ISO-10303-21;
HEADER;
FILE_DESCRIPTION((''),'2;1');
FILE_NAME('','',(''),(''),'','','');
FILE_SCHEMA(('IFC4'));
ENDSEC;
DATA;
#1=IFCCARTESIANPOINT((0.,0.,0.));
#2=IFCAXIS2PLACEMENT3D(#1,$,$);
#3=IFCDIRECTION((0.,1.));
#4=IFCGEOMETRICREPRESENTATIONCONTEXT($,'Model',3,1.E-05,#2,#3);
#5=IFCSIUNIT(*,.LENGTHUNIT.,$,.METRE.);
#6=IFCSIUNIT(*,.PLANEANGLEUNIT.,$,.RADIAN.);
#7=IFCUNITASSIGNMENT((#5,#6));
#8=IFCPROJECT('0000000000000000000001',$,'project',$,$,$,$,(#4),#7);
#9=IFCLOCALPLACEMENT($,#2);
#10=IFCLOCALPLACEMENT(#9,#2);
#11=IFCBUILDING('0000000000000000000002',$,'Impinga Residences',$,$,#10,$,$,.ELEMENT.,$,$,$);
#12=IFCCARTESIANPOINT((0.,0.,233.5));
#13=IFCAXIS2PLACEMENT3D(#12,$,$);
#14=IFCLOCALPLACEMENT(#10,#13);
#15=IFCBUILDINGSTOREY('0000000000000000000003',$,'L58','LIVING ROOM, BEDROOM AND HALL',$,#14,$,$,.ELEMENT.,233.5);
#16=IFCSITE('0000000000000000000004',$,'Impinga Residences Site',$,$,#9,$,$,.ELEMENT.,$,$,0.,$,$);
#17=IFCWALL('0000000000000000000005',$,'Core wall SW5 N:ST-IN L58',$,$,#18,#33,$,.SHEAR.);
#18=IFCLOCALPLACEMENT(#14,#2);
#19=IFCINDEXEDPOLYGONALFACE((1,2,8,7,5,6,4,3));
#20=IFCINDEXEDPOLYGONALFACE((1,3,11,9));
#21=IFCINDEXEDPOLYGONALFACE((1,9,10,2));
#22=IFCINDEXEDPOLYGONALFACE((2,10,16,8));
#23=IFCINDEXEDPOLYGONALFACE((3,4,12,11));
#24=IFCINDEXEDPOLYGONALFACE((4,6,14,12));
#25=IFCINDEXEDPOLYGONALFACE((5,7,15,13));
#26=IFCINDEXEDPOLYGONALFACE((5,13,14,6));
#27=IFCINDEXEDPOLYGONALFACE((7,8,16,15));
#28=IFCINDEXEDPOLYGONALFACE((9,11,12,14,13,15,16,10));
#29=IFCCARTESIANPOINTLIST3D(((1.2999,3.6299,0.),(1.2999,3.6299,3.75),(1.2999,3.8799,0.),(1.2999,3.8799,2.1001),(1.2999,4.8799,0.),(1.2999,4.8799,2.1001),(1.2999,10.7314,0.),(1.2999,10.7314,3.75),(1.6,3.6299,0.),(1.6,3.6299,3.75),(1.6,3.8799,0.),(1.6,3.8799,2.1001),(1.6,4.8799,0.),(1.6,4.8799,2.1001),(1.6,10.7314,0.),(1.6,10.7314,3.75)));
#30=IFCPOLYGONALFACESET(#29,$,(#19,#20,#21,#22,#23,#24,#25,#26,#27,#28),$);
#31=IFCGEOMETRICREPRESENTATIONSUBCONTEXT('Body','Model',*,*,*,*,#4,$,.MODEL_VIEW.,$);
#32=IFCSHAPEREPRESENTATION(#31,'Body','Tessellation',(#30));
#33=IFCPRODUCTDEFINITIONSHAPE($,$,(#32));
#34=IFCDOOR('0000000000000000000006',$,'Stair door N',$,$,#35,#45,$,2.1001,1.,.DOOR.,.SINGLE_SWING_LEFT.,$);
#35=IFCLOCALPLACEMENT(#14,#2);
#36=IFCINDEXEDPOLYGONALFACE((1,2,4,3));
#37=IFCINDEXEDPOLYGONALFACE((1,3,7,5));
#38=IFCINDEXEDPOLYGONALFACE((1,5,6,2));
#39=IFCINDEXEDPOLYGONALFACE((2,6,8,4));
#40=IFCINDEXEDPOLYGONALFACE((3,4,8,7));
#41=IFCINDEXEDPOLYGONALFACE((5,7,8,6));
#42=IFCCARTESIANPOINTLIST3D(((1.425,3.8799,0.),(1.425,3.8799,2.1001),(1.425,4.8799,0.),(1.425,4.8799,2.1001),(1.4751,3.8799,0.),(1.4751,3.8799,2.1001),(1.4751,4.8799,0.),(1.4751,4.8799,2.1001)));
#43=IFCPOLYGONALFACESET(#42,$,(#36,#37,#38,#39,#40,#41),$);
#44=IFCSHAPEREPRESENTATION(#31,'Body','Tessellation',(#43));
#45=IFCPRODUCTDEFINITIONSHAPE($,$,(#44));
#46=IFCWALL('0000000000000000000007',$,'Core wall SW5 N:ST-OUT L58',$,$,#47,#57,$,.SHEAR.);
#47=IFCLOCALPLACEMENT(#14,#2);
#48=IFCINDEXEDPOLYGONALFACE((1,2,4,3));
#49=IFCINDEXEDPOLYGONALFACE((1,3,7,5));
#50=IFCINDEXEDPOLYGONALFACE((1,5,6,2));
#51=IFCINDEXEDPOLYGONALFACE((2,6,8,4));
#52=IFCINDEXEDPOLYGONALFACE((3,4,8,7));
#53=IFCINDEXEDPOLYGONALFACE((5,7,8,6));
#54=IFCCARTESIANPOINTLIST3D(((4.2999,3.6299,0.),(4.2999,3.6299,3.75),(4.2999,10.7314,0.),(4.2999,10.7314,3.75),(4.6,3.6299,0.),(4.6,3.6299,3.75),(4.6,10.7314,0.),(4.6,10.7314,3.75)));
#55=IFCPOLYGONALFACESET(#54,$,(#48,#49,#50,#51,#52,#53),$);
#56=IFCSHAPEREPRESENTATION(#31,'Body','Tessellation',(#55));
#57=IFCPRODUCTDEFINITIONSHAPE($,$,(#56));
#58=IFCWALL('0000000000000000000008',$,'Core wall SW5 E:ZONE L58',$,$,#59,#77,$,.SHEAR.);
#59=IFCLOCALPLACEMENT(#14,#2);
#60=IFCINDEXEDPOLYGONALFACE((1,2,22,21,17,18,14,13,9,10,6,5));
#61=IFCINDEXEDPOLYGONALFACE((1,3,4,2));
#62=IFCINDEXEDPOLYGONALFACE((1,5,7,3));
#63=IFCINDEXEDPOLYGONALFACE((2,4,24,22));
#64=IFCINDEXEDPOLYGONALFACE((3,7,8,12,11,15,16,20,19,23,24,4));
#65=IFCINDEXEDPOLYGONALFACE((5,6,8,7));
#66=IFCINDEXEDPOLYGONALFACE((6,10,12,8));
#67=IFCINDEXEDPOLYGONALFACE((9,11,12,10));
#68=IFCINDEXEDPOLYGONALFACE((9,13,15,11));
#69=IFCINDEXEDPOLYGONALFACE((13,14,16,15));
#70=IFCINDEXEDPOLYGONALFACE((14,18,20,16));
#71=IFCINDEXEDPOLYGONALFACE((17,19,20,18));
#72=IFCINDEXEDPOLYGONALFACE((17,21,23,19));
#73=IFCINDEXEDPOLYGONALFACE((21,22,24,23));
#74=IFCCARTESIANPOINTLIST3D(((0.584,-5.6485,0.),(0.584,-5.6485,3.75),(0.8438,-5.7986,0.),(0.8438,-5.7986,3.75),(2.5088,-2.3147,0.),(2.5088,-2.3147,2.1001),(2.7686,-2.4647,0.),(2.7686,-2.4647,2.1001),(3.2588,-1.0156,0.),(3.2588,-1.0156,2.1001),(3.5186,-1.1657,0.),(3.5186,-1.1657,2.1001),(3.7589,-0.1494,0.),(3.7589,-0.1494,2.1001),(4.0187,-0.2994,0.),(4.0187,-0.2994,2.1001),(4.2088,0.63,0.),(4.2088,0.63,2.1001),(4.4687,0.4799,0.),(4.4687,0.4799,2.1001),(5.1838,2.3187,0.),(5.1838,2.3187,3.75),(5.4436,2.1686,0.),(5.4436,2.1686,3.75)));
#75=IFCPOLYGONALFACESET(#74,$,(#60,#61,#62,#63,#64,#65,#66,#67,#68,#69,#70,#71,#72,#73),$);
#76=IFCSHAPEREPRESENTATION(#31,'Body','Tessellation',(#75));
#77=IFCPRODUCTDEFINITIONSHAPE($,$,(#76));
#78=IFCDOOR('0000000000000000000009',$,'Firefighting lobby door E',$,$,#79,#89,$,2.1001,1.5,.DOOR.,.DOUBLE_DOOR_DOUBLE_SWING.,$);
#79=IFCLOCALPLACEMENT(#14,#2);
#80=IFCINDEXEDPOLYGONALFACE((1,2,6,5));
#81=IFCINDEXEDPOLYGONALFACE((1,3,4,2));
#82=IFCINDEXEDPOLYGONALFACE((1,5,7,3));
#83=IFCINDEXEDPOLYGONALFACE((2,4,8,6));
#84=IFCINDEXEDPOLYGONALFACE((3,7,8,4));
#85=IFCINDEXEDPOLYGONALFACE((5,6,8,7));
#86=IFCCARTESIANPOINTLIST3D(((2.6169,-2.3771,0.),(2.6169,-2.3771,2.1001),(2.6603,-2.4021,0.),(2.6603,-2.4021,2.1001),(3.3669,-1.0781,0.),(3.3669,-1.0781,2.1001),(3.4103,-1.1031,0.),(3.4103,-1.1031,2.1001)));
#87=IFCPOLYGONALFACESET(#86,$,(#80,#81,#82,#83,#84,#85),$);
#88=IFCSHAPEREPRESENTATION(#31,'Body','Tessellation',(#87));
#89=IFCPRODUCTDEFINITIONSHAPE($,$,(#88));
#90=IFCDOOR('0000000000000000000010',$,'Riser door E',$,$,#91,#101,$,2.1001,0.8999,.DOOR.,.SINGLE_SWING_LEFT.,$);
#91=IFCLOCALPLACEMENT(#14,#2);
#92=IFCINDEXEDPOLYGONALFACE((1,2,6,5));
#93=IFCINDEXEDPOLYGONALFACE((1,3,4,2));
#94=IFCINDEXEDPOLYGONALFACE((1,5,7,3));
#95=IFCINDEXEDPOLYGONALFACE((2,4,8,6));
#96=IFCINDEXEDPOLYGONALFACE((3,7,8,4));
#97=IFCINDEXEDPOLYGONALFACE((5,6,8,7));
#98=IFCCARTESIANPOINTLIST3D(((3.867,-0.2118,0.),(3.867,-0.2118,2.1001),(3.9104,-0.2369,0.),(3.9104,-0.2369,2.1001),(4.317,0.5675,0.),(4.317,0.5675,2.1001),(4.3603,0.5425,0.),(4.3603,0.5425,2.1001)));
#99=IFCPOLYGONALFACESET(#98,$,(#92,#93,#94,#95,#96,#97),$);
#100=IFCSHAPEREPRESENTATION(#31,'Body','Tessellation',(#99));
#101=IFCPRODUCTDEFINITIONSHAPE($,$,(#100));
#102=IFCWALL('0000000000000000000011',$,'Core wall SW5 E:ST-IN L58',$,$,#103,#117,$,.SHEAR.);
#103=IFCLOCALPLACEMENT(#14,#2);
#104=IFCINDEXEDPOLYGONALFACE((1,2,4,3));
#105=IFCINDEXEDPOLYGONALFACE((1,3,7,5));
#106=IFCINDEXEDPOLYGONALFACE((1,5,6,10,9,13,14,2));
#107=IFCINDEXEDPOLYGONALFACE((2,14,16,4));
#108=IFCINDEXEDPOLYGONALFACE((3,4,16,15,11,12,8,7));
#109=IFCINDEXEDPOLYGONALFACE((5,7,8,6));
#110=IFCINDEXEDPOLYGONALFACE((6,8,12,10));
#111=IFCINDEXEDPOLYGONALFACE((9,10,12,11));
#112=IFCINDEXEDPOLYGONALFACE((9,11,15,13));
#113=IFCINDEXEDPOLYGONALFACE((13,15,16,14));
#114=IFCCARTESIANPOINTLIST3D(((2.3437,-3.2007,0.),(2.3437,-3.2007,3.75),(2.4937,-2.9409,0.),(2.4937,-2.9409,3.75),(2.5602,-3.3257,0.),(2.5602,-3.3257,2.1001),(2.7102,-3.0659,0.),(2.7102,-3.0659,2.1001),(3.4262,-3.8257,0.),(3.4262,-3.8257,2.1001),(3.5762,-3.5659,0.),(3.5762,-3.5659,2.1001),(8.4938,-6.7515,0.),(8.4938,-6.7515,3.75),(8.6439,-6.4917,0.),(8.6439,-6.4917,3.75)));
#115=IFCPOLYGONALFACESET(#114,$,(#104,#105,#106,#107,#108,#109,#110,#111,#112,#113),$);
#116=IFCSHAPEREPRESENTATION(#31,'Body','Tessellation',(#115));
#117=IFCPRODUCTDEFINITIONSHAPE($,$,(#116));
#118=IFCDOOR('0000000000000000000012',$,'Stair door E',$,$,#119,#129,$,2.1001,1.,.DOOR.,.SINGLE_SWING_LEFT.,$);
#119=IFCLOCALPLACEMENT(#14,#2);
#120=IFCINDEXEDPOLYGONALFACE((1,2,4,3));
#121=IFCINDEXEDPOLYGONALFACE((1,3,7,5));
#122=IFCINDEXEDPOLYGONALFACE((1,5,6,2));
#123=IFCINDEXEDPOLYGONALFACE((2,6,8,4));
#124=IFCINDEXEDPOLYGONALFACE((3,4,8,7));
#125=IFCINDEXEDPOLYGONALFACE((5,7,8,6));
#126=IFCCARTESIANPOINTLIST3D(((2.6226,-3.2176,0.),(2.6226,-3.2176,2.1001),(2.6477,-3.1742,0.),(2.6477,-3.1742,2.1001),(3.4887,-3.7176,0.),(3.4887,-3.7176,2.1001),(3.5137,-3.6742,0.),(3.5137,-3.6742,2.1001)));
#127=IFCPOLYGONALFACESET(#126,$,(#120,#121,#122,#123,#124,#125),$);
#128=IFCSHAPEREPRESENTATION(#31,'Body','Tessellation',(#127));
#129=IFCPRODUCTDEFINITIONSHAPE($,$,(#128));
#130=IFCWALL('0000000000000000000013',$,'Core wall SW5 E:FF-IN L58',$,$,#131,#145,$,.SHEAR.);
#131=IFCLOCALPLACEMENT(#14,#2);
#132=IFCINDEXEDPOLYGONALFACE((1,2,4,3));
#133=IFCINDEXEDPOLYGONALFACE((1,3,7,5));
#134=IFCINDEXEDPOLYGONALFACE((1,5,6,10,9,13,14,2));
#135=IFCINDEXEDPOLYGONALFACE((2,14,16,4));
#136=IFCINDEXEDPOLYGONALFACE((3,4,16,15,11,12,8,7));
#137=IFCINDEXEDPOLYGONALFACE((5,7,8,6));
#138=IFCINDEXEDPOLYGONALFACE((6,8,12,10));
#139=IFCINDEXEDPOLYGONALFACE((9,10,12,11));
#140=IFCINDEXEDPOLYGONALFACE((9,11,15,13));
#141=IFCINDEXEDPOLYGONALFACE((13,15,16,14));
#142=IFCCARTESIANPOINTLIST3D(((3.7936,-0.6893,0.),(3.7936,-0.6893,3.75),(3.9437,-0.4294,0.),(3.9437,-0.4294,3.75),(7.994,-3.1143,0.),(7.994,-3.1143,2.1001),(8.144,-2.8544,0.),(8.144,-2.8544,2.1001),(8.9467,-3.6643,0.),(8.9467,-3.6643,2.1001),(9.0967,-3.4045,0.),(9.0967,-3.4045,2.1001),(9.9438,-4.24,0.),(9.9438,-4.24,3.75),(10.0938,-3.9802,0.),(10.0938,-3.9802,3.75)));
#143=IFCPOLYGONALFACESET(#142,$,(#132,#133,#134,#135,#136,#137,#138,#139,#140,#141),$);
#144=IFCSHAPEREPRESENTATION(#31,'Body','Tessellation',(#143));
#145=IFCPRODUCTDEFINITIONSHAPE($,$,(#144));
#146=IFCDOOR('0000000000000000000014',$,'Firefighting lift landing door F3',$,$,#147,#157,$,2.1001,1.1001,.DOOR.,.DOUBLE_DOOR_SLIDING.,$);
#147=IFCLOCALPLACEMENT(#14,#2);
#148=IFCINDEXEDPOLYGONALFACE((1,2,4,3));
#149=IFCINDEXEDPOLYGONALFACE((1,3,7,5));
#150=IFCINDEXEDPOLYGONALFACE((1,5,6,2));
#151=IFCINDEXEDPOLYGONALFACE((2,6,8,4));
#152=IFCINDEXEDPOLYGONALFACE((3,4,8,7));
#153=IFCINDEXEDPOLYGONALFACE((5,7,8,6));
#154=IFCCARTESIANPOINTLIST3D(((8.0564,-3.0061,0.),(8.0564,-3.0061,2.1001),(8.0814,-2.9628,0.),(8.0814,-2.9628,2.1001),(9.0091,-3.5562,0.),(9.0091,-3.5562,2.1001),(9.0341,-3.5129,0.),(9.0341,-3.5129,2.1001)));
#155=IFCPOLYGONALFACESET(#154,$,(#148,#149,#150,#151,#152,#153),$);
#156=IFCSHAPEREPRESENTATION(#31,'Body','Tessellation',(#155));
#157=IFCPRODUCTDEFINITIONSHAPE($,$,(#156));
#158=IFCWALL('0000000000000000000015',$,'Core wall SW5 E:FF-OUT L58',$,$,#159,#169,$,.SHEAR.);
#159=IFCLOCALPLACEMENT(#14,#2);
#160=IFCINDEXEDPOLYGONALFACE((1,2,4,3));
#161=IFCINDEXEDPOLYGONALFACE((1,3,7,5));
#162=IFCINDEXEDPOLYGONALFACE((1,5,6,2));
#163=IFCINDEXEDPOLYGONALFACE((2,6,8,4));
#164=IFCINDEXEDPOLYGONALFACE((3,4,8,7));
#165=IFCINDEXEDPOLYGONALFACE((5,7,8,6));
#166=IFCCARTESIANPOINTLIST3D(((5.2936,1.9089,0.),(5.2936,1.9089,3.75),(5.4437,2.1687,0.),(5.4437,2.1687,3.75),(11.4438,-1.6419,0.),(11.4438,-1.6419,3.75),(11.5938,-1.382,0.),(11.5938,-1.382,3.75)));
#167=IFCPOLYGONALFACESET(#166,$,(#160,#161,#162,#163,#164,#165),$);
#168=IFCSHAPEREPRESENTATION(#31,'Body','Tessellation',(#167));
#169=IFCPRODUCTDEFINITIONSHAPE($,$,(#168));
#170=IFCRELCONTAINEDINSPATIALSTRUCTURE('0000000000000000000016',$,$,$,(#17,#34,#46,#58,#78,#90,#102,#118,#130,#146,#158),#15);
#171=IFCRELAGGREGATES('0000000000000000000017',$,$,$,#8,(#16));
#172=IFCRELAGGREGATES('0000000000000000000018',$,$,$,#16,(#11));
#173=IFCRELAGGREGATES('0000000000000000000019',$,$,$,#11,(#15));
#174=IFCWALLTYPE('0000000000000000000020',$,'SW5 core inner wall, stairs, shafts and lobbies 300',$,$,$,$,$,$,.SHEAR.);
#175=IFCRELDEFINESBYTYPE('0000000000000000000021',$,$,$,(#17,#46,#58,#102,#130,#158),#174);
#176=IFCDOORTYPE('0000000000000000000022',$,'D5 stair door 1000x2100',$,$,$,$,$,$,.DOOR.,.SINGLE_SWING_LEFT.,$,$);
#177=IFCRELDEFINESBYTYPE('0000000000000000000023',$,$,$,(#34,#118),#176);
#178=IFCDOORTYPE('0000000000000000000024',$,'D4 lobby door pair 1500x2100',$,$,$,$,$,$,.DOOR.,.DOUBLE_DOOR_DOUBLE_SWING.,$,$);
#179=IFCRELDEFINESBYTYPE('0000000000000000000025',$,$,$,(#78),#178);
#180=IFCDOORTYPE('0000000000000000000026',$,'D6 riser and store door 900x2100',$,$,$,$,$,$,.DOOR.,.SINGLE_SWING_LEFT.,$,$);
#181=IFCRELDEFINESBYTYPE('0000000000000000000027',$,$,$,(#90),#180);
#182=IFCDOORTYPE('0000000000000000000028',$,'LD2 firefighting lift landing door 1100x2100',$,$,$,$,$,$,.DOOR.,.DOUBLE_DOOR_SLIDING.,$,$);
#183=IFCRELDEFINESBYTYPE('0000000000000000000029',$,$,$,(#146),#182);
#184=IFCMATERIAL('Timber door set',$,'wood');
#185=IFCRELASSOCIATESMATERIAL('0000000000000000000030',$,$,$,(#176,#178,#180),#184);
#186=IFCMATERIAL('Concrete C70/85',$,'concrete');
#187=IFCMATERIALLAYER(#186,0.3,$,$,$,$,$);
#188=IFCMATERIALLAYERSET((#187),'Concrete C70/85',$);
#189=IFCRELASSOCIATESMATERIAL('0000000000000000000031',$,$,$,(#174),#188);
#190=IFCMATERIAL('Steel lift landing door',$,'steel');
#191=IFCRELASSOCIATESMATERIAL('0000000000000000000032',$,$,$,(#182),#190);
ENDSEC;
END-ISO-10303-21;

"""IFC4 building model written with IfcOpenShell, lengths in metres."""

from ifc_helpers import new_model, si_unit, direction, frame, frame_2d, origin, place, context, subcontext, project, spatial, rectangle, extrude, material, layer, layer_set, type_object, element, fill, save


model = new_model("IFC4")

# Units and contexts
model_context = context("Model", 3, precision=1e-05, world=origin(), true_north=direction((0.0, 1.0)))
body_context = subcontext(model_context, "Body", "Model", "MODEL_VIEW")
ifc_project = project(units=[si_unit("LENGTHUNIT", "METRE"), si_unit("PLANEANGLEUNIT", "RADIAN")], contexts=[model_context])

# Site, building, storey
site_placement = place(None, origin())
site = spatial("IfcSite", under=ifc_project, at=site_placement, Name="Impinga Residences Site", CompositionType="ELEMENT", RefElevation=0.0)
building_placement = place(site_placement, origin())
building = spatial("IfcBuilding", under=site, at=building_placement, Name="Impinga Residences", CompositionType="ELEMENT")
storey_placement = place(building_placement, frame((0.0, 0.0, 233.5)))
storey = spatial("IfcBuildingStorey", under=building, at=storey_placement, Name="L58", Description="LIVING ROOM, BEDROOM AND HALL", CompositionType="ELEMENT", Elevation=233.5)

# Shared definitions
ifc_material_1 = material(Name="Timber door set", Category="wood")
door_type_1 = type_object("IfcDoorType", Name="D5 stair door 1000x2100", OperationType="SINGLE_SWING_LEFT", PredefinedType="DOOR", material=ifc_material_1)

# Wall, opening, door
ifc_material_2 = material(Name="Concrete C70/85", Category="concrete")
ifc_layer_1 = layer(ifc_material_2, 0.3)
ifc_layer_set_1 = layer_set([ifc_layer_1], Name="Concrete C70/85")
wall_type_1 = type_object("IfcWallType", Name="SW5 core inner wall, stairs, shafts and lobbies 300", PredefinedType="SHEAR", material=ifc_layer_set_1)
wall_1_placement = place(storey_placement, frame((1.45, 3.6299, 0.0), z_axis=(0.0, 0.0, 1.0), x_axis=(0.0, 1.0, 0.0)))
wall_1 = element("IfcWall", 1, at=wall_1_placement, inside=storey, type_object=wall_type_1, Name="Core wall SW5 N:ST-IN L58", PredefinedType="SHEAR", context=body_context, shape_type="SweptSolid", body=[
    extrude(rectangle(XDim=7.1016, YDim=0.3, at=frame_2d((3.5508, 0.0))), origin(), (0.0, 0.0, 1.0), 3.75),
])
opening_1_placement = place(wall_1_placement, frame((0.25, 0.0, 0.0)))
opening_1 = element("IfcOpeningElement", 2, at=opening_1_placement, cuts=wall_1, PredefinedType="OPENING", context=body_context, shape_type="SweptSolid", body=[
    extrude(rectangle(XDim=1.0, YDim=2.1001, at=frame_2d((0.5, 1.05))), frame((0.0, 0.1599, 0.0), z_axis=(0.0, -1.0, 0.0), x_axis=(1.0, 0.0, 0.0)), (0.0, 0.0, 1.0), 0.3201),
])
door_1_placement = place(opening_1_placement, origin())
door_1 = element("IfcDoor", 3, at=door_1_placement, inside=storey, type_object=door_type_1, Name="Stair door N", OperationType="SINGLE_SWING_LEFT", OverallHeight=2.1001, OverallWidth=1.0, PredefinedType="DOOR", context=body_context, shape_type="SweptSolid", body=[
    extrude(rectangle(XDim=1.0, YDim=2.1001, at=frame_2d((0.5, 1.05))), frame((0.0, 0.0249, 0.0), z_axis=(0.0, -1.0, 0.0), x_axis=(1.0, 0.0, 0.0)), (0.0, 0.0, 1.0), 0.05),
])
fill(opening_1, door_1)

# Wall
wall_2_placement = place(storey_placement, frame((4.45, 3.6299, 0.0), z_axis=(0.0, 0.0, 1.0), x_axis=(0.0, 1.0, 0.0)))
element("IfcWall", 4, at=wall_2_placement, inside=storey, type_object=wall_type_1, Name="Core wall SW5 N:ST-OUT L58", PredefinedType="SHEAR", context=body_context, shape_type="SweptSolid", body=[
    extrude(rectangle(XDim=7.1016, YDim=0.3, at=frame_2d((3.5508, 0.0))), origin(), (0.0, 0.0, 1.0), 3.75),
])

# Wall, openings, doors
wall_3_placement = place(storey_placement, frame((5.3137, 2.2437, 0.0), z_axis=(0.0, 0.0, 1.0), x_axis=(-0.499995, -0.866028, 0.0)))
wall_3 = element("IfcWall", 5, at=wall_3_placement, inside=storey, type_object=wall_type_1, Name="Core wall SW5 E:ZONE L58", PredefinedType="SHEAR", context=body_context, shape_type="SweptSolid", body=[
    extrude(rectangle(XDim=9.1997, YDim=0.3, at=frame_2d((4.5999, 0.0))), origin(), (0.0, 0.0, 1.0), 3.75),
])
opening_2_placement = place(wall_3_placement, frame((3.8501, 0.0, 0.0)))
opening_2 = element("IfcOpeningElement", 6, at=opening_2_placement, cuts=wall_3, PredefinedType="OPENING", context=body_context, shape_type="SweptSolid", body=[
    extrude(rectangle(XDim=1.5, YDim=2.1001, at=frame_2d((0.75, 1.05))), frame((0.0, 0.1599, 0.0), z_axis=(0.0, -1.0, 0.0), x_axis=(1.0, 0.0, 0.0)), (0.0, 0.0, 1.0), 0.3201),
])
opening_3_placement = place(wall_3_placement, frame((1.95, 0.0, 0.0)))
opening_3 = element("IfcOpeningElement", 7, at=opening_3_placement, cuts=wall_3, PredefinedType="OPENING", context=body_context, shape_type="SweptSolid", body=[
    extrude(rectangle(XDim=0.8999, YDim=2.1001, at=frame_2d((0.45, 1.05))), frame((0.0, 0.1599, 0.0), z_axis=(0.0, -1.0, 0.0), x_axis=(1.0, 0.0, 0.0)), (0.0, 0.0, 1.0), 0.3201),
])
door_type_2 = type_object("IfcDoorType", Name="D4 lobby door pair 1500x2100", OperationType="DOUBLE_DOOR_DOUBLE_SWING", PredefinedType="DOOR", material=ifc_material_1)
door_2_placement = place(opening_2_placement, origin())
door_2 = element("IfcDoor", 8, at=door_2_placement, inside=storey, type_object=door_type_2, Name="Firefighting lobby door E", OperationType="DOUBLE_DOOR_DOUBLE_SWING", OverallHeight=2.1001, OverallWidth=1.5, PredefinedType="DOOR", context=body_context, shape_type="SweptSolid", body=[
    extrude(rectangle(XDim=1.5, YDim=2.1001, at=frame_2d((0.75, 1.05))), frame((0.0, 0.0249, 0.0), z_axis=(0.0, -1.0, 0.0), x_axis=(1.0, 0.0, 0.0)), (0.0, 0.0, 1.0), 0.05),
])
fill(opening_2, door_2)
door_type_3 = type_object("IfcDoorType", Name="D6 riser and store door 900x2100", OperationType="SINGLE_SWING_LEFT", PredefinedType="DOOR", material=ifc_material_1)
door_3_placement = place(opening_3_placement, origin())
door_3 = element("IfcDoor", 9, at=door_3_placement, inside=storey, type_object=door_type_3, Name="Riser door E", OperationType="SINGLE_SWING_LEFT", OverallHeight=2.1001, OverallWidth=0.8999, PredefinedType="DOOR", context=body_context, shape_type="SweptSolid", body=[
    extrude(rectangle(XDim=0.8999, YDim=2.1001, at=frame_2d((0.45, 1.05))), frame((0.0, 0.0249, 0.0), z_axis=(0.0, -1.0, 0.0), x_axis=(1.0, 0.0, 0.0)), (0.0, 0.0, 1.0), 0.05),
])
fill(opening_3, door_3)

# Walls, openings, doors
wall_4_placement = place(storey_placement, frame((2.4187, -3.0708, 0.0), z_axis=(0.0, 0.0, 1.0), x_axis=(0.866026, -0.499999, 0.0)))
wall_4 = element("IfcWall", 10, at=wall_4_placement, inside=storey, type_object=wall_type_1, Name="Core wall SW5 E:ST-IN L58", PredefinedType="SHEAR", context=body_context, shape_type="SweptSolid", body=[
    extrude(rectangle(XDim=7.1016, YDim=0.3, at=frame_2d((3.5508, 0.0))), origin(), (0.0, 0.0, 1.0), 3.75),
])
opening_4_placement = place(wall_4_placement, frame((0.25, 0.0, 0.0)))
opening_4 = element("IfcOpeningElement", 11, at=opening_4_placement, cuts=wall_4, PredefinedType="OPENING", context=body_context, shape_type="SweptSolid", body=[
    extrude(rectangle(XDim=1.0, YDim=2.1001, at=frame_2d((0.5, 1.05))), frame((0.0, 0.1599, 0.0), z_axis=(0.0, -1.0, 0.0), x_axis=(1.0, 0.0, 0.0)), (0.0, 0.0, 1.0), 0.3201),
])
door_4_placement = place(opening_4_placement, origin())
door_4 = element("IfcDoor", 12, at=door_4_placement, inside=storey, type_object=door_type_1, Name="Stair door E", OperationType="SINGLE_SWING_LEFT", OverallHeight=2.1001, OverallWidth=1.0, PredefinedType="DOOR", context=body_context, shape_type="SweptSolid", body=[
    extrude(rectangle(XDim=1.0, YDim=2.1001, at=frame_2d((0.5, 1.05))), frame((0.0, 0.0249, 0.0), z_axis=(0.0, -1.0, 0.0), x_axis=(1.0, 0.0, 0.0)), (0.0, 0.0, 1.0), 0.05),
])
fill(opening_4, door_4)
wall_5_placement = place(storey_placement, frame((3.8687, -0.5593, 0.0), z_axis=(0.0, 0.0, 1.0), x_axis=(0.866026, -0.499999, 0.0)))
wall_5 = element("IfcWall", 13, at=wall_5_placement, inside=storey, type_object=wall_type_1, Name="Core wall SW5 E:FF-IN L58", PredefinedType="SHEAR", context=body_context, shape_type="SweptSolid", body=[
    extrude(rectangle(XDim=7.1016, YDim=0.3, at=frame_2d((3.5508, 0.0))), origin(), (0.0, 0.0, 1.0), 3.75),
])
opening_5_placement = place(wall_5_placement, frame((4.8501, 0.0, 0.0)))
opening_5 = element("IfcOpeningElement", 14, at=opening_5_placement, cuts=wall_5, PredefinedType="OPENING", context=body_context, shape_type="SweptSolid", body=[
    extrude(rectangle(XDim=1.1001, YDim=2.1001, at=frame_2d((0.55, 1.05))), frame((0.0, 0.1599, 0.0), z_axis=(0.0, -1.0, 0.0), x_axis=(1.0, 0.0, 0.0)), (0.0, 0.0, 1.0), 0.3201),
])
ifc_material_3 = material(Name="Steel lift landing door", Category="steel")
door_type_4 = type_object("IfcDoorType", Name="LD2 firefighting lift landing door 1100x2100", OperationType="DOUBLE_DOOR_SLIDING", PredefinedType="DOOR", material=ifc_material_3)
door_5_placement = place(opening_5_placement, origin())
door_5 = element("IfcDoor", 15, at=door_5_placement, inside=storey, type_object=door_type_4, Name="Firefighting lift landing door F3", OperationType="DOUBLE_DOOR_SLIDING", OverallHeight=2.1001, OverallWidth=1.1001, PredefinedType="DOOR", context=body_context, shape_type="SweptSolid", body=[
    extrude(rectangle(XDim=1.1001, YDim=2.1001, at=frame_2d((0.55, 1.05))), frame((0.0, 0.0249, 0.0), z_axis=(0.0, -1.0, 0.0), x_axis=(1.0, 0.0, 0.0)), (0.0, 0.0, 1.0), 0.05),
])
fill(opening_5, door_5)

# Wall
wall_6_placement = place(storey_placement, frame((5.3687, 2.0388, 0.0), z_axis=(0.0, 0.0, 1.0), x_axis=(0.866026, -0.499999, 0.0)))
element("IfcWall", 16, at=wall_6_placement, inside=storey, type_object=wall_type_1, Name="Core wall SW5 E:FF-OUT L58", PredefinedType="SHEAR", context=body_context, shape_type="SweptSolid", body=[
    extrude(rectangle(XDim=7.1016, YDim=0.3, at=frame_2d((3.5508, 0.0))), origin(), (0.0, 0.0, 1.0), 3.75),
])

save(model, "model.ifc")
